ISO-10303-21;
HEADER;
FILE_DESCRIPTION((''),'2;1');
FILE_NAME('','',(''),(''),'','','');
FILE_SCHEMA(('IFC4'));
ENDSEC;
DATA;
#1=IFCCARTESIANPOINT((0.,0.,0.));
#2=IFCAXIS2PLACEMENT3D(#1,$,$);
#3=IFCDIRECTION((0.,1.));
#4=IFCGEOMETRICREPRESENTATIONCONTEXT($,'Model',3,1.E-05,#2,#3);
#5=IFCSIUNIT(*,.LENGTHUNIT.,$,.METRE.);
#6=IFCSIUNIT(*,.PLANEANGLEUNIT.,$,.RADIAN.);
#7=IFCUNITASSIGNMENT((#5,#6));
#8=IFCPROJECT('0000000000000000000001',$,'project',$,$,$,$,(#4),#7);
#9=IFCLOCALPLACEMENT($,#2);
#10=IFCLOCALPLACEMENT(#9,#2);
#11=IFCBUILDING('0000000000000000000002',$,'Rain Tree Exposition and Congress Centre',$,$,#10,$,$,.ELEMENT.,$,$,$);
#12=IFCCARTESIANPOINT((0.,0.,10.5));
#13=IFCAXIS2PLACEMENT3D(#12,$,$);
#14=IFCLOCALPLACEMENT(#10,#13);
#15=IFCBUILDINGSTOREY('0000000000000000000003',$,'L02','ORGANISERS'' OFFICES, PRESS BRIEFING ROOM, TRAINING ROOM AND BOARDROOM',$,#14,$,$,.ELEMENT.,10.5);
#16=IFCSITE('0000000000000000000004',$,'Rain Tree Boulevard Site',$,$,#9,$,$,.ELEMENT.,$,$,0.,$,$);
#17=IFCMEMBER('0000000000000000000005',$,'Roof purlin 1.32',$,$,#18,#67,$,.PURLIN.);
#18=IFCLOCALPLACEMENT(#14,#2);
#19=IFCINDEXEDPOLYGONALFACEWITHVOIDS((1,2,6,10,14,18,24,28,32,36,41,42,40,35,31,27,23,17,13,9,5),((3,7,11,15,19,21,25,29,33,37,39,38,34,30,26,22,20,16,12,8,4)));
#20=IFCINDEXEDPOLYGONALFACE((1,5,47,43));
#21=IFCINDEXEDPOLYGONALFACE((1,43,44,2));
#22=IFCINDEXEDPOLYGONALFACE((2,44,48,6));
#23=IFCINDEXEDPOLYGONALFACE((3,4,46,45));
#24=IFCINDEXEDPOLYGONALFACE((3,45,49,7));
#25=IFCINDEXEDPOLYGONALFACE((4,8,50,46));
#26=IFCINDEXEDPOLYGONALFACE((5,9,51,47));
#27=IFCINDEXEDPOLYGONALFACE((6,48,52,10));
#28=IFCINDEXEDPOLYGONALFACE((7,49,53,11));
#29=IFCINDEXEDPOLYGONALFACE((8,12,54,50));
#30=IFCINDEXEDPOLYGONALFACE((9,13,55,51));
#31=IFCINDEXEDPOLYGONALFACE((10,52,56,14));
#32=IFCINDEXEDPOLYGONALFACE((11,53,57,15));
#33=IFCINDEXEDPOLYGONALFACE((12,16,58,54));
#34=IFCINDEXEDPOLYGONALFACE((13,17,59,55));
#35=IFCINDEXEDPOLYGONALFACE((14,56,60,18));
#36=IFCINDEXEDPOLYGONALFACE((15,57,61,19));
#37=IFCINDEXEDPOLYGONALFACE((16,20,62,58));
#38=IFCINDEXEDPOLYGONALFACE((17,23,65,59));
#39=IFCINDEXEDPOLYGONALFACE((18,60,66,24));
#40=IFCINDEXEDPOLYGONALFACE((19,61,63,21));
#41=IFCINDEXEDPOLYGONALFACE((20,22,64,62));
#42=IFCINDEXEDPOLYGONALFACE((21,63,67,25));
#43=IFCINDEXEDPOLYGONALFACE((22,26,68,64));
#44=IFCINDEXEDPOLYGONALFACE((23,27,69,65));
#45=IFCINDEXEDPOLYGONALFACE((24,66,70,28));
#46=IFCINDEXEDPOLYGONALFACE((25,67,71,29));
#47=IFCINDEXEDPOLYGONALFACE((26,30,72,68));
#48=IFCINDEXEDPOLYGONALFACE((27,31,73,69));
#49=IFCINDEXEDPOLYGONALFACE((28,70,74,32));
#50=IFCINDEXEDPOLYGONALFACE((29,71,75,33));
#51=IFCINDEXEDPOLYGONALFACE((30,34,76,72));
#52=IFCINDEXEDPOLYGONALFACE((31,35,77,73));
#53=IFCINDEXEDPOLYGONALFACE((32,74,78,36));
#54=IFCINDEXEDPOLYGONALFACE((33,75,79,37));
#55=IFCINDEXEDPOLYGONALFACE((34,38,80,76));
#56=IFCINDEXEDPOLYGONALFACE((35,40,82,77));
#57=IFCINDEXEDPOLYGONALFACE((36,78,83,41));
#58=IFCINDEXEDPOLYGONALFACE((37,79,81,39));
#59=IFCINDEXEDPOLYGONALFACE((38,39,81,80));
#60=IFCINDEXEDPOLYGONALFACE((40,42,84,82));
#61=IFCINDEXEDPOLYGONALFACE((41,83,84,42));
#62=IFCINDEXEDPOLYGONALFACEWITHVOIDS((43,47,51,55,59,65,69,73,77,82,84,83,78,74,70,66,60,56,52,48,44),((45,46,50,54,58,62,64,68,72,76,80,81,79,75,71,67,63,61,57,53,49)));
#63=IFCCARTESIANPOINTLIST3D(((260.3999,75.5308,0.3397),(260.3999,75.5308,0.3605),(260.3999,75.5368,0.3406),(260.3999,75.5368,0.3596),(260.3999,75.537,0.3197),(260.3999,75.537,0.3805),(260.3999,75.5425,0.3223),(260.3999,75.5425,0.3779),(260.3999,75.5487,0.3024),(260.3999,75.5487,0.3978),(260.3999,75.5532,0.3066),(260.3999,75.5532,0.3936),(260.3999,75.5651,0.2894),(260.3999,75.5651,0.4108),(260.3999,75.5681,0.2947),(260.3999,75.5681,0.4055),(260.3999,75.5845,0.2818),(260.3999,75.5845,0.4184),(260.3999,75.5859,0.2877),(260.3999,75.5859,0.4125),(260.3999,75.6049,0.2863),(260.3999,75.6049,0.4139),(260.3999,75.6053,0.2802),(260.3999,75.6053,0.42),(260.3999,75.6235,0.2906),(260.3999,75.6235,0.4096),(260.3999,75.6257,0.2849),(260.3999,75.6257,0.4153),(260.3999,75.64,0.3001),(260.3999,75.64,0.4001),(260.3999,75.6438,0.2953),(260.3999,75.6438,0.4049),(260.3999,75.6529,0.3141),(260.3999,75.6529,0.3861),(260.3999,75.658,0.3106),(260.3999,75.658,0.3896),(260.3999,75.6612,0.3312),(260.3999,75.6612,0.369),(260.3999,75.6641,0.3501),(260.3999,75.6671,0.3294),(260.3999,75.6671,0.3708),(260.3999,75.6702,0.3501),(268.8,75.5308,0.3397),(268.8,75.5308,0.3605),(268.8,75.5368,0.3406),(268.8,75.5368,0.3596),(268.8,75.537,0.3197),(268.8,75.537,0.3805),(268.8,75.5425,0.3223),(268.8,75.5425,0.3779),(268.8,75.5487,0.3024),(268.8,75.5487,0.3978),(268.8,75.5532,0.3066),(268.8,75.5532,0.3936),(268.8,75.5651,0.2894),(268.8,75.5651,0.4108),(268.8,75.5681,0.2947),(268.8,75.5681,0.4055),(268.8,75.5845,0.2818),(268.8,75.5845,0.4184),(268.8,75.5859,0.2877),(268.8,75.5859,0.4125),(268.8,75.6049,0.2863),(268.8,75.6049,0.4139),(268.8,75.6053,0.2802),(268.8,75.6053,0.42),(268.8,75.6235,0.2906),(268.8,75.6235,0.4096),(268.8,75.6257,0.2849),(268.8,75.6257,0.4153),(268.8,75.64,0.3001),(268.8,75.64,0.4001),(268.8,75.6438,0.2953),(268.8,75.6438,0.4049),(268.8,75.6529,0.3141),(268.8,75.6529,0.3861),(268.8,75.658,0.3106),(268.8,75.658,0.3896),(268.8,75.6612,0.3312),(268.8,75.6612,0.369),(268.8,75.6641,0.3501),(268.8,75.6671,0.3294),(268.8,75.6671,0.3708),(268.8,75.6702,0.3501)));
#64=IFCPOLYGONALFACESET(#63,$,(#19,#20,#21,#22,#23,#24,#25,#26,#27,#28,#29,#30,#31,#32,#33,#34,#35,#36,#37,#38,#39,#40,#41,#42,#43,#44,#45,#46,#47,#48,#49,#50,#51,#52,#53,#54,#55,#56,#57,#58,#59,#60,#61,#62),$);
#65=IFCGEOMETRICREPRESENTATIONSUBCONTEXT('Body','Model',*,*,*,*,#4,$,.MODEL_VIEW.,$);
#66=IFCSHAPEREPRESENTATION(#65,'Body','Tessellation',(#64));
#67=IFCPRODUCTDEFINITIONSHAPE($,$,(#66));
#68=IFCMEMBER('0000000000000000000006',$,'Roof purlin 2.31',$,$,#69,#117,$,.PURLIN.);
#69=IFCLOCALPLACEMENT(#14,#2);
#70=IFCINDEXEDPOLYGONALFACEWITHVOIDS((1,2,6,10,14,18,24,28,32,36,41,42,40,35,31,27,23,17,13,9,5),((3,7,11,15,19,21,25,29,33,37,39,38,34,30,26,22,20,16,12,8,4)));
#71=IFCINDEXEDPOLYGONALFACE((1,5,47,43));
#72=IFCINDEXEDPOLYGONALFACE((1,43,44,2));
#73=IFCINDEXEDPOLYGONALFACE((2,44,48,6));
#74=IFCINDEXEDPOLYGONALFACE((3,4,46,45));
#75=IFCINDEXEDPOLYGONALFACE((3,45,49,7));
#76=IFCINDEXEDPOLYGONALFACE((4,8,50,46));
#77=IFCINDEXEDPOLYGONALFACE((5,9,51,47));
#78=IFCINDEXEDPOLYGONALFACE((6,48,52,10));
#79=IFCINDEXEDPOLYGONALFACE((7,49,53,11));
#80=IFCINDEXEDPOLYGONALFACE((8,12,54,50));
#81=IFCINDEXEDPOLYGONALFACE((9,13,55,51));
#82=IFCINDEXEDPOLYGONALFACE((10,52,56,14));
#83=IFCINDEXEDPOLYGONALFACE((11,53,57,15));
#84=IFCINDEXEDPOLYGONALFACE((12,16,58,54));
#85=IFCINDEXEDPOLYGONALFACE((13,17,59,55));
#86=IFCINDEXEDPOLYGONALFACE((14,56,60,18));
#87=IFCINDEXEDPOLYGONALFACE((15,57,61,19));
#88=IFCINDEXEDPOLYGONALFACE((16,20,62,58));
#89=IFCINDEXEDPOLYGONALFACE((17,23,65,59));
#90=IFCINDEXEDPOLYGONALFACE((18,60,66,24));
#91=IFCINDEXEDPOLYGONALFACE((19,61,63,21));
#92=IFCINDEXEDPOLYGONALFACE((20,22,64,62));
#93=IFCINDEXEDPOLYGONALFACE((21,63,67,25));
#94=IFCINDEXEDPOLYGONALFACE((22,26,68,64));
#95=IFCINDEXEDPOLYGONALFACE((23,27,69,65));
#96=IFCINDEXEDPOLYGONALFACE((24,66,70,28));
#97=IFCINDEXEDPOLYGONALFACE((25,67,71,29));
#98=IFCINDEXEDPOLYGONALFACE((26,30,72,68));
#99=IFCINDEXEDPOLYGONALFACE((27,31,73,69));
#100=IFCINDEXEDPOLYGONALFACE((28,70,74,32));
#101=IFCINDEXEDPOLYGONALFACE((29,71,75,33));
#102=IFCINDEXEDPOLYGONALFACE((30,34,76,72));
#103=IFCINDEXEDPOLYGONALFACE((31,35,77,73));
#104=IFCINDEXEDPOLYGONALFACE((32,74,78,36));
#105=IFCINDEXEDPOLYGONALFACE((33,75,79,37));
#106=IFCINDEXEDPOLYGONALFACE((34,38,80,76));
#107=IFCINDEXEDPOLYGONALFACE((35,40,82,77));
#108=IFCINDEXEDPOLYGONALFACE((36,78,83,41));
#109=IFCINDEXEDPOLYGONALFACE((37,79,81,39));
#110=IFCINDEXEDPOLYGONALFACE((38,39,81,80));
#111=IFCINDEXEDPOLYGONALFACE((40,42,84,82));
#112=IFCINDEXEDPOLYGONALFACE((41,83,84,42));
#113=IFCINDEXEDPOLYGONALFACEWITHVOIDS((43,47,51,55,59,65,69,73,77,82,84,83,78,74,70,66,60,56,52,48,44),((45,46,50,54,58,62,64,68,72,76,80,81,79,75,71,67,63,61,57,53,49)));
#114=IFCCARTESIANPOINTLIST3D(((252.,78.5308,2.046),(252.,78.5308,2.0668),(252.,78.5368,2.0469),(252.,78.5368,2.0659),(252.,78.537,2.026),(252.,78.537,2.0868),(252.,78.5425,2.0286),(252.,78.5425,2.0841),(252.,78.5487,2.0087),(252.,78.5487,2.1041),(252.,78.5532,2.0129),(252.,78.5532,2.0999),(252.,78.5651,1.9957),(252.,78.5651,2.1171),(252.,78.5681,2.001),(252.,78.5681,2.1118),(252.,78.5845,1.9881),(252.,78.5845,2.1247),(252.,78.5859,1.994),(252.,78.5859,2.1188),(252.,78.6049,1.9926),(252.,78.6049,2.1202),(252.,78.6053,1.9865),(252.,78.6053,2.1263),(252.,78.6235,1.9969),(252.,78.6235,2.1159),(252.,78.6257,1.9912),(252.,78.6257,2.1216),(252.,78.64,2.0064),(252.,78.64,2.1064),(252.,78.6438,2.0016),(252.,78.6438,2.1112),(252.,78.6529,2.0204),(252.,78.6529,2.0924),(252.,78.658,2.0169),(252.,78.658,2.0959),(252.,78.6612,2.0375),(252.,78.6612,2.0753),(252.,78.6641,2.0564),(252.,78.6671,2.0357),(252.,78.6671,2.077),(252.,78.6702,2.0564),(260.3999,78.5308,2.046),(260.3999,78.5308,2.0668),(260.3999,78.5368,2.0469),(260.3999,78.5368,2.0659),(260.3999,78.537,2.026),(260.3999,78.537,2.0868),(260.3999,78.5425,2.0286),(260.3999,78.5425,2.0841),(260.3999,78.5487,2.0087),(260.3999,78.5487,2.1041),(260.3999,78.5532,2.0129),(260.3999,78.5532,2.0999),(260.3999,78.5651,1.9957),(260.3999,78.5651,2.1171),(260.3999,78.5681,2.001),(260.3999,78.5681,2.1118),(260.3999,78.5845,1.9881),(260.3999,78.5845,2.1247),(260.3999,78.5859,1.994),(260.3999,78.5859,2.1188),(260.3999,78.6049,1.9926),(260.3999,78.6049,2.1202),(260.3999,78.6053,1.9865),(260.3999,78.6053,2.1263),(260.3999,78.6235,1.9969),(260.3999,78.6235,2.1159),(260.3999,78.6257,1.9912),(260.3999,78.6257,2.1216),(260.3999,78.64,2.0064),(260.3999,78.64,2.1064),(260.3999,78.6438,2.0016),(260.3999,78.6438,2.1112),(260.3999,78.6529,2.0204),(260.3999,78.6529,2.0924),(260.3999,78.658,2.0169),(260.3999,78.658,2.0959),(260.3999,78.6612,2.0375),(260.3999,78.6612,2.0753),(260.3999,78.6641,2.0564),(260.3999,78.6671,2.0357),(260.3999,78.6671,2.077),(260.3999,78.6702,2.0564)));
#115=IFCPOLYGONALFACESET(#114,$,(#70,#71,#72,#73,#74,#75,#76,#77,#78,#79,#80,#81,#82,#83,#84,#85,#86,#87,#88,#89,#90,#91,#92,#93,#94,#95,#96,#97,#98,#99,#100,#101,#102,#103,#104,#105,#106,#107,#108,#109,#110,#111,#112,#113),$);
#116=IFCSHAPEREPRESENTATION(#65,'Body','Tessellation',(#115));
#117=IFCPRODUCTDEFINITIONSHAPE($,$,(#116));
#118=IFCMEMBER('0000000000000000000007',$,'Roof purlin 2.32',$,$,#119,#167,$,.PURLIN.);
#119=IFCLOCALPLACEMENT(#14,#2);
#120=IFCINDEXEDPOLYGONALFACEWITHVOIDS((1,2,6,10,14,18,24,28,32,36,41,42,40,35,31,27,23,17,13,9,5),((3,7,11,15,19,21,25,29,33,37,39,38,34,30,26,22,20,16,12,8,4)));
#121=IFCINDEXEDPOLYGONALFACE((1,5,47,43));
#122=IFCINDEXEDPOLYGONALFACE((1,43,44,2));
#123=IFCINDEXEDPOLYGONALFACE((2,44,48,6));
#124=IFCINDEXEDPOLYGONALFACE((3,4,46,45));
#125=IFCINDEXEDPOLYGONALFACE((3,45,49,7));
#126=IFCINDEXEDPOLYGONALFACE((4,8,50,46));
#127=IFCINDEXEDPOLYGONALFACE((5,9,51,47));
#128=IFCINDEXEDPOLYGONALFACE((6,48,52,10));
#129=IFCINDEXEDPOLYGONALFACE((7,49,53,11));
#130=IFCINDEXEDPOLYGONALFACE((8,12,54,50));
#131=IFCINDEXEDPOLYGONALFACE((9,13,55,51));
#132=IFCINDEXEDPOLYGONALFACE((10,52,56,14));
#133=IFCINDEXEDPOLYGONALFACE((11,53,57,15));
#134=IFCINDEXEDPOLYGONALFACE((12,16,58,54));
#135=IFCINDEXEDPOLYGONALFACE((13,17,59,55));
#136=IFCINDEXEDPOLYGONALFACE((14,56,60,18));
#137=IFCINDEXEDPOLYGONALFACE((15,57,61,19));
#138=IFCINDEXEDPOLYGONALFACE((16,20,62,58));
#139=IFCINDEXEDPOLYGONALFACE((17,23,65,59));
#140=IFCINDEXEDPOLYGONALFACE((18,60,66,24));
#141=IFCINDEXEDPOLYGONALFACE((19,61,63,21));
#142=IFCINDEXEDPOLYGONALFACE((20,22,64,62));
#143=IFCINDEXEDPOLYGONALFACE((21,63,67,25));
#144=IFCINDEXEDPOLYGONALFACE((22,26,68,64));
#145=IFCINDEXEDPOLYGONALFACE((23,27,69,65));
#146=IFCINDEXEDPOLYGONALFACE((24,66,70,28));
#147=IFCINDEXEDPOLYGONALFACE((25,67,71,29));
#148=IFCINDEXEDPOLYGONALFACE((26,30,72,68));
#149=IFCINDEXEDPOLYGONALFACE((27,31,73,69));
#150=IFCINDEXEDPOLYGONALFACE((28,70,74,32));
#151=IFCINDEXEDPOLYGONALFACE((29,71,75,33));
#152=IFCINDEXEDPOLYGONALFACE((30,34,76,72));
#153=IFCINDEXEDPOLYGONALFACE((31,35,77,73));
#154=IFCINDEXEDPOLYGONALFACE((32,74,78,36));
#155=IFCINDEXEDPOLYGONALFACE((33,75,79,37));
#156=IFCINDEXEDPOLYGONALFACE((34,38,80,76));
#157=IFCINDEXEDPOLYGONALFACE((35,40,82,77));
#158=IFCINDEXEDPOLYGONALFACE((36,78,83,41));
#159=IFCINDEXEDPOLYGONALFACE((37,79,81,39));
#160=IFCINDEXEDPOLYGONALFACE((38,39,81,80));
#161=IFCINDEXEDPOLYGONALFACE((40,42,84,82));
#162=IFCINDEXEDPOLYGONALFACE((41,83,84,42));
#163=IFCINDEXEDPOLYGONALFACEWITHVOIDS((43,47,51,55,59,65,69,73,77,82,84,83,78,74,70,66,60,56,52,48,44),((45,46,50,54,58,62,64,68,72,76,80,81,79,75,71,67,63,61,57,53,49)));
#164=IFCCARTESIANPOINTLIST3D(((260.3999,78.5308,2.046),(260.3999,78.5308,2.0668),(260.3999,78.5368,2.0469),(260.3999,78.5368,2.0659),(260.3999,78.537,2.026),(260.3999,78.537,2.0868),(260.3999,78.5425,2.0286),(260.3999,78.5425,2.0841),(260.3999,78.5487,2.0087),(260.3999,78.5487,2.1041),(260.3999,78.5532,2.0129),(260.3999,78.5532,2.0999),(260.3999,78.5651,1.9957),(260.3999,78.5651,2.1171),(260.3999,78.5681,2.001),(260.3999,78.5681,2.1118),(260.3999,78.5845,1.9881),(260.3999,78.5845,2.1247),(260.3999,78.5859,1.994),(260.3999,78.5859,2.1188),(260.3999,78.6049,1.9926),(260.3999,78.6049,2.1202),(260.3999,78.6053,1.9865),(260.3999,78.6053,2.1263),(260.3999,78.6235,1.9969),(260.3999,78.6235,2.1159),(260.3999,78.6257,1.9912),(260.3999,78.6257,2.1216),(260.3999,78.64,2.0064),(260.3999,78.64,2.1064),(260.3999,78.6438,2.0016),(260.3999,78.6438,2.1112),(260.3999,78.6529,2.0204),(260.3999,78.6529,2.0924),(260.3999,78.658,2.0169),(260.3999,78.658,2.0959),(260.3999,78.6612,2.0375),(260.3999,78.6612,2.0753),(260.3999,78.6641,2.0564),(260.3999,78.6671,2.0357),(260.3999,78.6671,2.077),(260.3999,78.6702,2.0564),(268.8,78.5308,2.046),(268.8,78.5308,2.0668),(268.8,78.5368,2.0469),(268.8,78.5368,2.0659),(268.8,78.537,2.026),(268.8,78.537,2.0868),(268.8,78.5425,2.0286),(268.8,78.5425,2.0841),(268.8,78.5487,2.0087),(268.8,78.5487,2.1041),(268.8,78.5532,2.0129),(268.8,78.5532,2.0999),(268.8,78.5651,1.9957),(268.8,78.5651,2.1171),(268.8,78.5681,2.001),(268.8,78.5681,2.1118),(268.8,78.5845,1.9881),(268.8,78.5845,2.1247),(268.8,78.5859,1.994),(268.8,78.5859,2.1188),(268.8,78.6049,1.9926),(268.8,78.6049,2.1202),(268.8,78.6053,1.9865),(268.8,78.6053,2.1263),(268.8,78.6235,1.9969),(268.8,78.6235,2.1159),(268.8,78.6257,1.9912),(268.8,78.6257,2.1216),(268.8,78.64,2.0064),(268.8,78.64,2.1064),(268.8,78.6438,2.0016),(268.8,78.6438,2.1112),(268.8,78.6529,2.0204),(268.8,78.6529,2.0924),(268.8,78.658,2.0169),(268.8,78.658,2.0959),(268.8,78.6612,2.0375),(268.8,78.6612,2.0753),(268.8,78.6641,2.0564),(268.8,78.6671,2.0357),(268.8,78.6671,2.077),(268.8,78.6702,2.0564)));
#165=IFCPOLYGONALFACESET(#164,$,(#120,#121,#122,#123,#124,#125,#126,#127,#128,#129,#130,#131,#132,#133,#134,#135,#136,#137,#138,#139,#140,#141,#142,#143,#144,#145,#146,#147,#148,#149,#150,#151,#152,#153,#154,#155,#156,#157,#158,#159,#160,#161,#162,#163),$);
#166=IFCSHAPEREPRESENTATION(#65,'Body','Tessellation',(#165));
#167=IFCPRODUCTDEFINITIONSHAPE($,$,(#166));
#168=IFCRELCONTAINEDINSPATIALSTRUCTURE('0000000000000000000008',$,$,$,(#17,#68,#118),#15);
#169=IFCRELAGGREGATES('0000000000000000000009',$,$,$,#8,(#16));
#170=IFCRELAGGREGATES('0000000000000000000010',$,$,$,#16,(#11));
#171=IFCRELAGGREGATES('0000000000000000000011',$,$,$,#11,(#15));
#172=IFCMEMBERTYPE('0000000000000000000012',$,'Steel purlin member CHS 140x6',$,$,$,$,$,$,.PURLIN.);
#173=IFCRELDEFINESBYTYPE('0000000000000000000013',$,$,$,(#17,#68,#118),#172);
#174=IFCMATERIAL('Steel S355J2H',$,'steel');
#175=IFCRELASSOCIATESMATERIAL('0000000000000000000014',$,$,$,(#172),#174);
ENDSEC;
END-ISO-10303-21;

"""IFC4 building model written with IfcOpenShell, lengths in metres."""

from ifc_helpers import new_model, si_unit, direction, frame, origin, origin_2d, place, context, subcontext, project, spatial, hollow_circle, extrude, material, material_profile, profile_set, type_object, element, save


model = new_model("IFC4")

# Units and contexts
model_context = context("Model", 3, precision=1e-05, world=origin(), true_north=direction((0.0, 1.0)))
body_context = subcontext(model_context, "Body", "Model", "MODEL_VIEW")
ifc_project = project(units=[si_unit("LENGTHUNIT", "METRE"), si_unit("PLANEANGLEUNIT", "RADIAN")], contexts=[model_context])

# Site, building, storey
site_placement = place(None, origin())
site = spatial("IfcSite", under=ifc_project, at=site_placement, Name="Rain Tree Boulevard Site", CompositionType="ELEMENT", RefElevation=0.0)
building_placement = place(site_placement, origin())
building = spatial("IfcBuilding", under=site, at=building_placement, Name="Rain Tree Exposition and Congress Centre", CompositionType="ELEMENT")
storey_placement = place(building_placement, frame((0.0, 0.0, 10.5)))
storey = spatial("IfcBuildingStorey", under=building, at=storey_placement, Name="L02", Description="ORGANISERS' OFFICES, PRESS BRIEFING ROOM, TRAINING ROOM AND BOARDROOM", CompositionType="ELEMENT", Elevation=10.5)

# Members
ifc_material_1 = material(Name="Steel S355J2H", Category="steel")
ifc_material_profile_1 = material_profile(ifc_material_1, hollow_circle(Radius=0.0701, WallThickness=0.0061, at=origin_2d()), Name="CHS 140x6")
ifc_profile_set_1 = profile_set([ifc_material_profile_1], Name="Steel S355J2H")
member_type_1 = type_object("IfcMemberType", Name="Steel purlin member CHS 140x6", PredefinedType="PURLIN", material=ifc_profile_set_1)
member_1_placement = place(storey_placement, frame((260.3999, 75.6001, 0.3501), z_axis=(1.0, 0.0, 0.0), x_axis=(0.0, 1.0, 0.0)))
element("IfcMember", 1, at=member_1_placement, inside=storey, type_object=member_type_1, Name="Roof purlin 1.32", PredefinedType="PURLIN", context=body_context, shape_type="SweptSolid", body=[
    extrude(hollow_circle(Radius=0.0701, WallThickness=0.0061, at=origin_2d()), origin(), (0.0, 0.0, 1.0), 8.4001),
])
member_2_placement = place(storey_placement, frame((252.0, 78.6001, 2.0564), z_axis=(1.0, 0.0, 0.0), x_axis=(0.0, 1.0, 0.0)))
element("IfcMember", 2, at=member_2_placement, inside=storey, type_object=member_type_1, Name="Roof purlin 2.31", PredefinedType="PURLIN", context=body_context, shape_type="SweptSolid", body=[
    extrude(hollow_circle(Radius=0.0701, WallThickness=0.0061, at=origin_2d()), origin(), (0.0, 0.0, 1.0), 8.3999),
])
member_3_placement = place(storey_placement, frame((260.3999, 78.6001, 2.0564), z_axis=(1.0, 0.0, 0.0), x_axis=(0.0, 1.0, 0.0)))
element("IfcMember", 3, at=member_3_placement, inside=storey, type_object=member_type_1, Name="Roof purlin 2.32", PredefinedType="PURLIN", context=body_context, shape_type="SweptSolid", body=[
    extrude(hollow_circle(Radius=0.0701, WallThickness=0.0061, at=origin_2d()), origin(), (0.0, 0.0, 1.0), 8.4001),
])

save(model, "model.ifc")
